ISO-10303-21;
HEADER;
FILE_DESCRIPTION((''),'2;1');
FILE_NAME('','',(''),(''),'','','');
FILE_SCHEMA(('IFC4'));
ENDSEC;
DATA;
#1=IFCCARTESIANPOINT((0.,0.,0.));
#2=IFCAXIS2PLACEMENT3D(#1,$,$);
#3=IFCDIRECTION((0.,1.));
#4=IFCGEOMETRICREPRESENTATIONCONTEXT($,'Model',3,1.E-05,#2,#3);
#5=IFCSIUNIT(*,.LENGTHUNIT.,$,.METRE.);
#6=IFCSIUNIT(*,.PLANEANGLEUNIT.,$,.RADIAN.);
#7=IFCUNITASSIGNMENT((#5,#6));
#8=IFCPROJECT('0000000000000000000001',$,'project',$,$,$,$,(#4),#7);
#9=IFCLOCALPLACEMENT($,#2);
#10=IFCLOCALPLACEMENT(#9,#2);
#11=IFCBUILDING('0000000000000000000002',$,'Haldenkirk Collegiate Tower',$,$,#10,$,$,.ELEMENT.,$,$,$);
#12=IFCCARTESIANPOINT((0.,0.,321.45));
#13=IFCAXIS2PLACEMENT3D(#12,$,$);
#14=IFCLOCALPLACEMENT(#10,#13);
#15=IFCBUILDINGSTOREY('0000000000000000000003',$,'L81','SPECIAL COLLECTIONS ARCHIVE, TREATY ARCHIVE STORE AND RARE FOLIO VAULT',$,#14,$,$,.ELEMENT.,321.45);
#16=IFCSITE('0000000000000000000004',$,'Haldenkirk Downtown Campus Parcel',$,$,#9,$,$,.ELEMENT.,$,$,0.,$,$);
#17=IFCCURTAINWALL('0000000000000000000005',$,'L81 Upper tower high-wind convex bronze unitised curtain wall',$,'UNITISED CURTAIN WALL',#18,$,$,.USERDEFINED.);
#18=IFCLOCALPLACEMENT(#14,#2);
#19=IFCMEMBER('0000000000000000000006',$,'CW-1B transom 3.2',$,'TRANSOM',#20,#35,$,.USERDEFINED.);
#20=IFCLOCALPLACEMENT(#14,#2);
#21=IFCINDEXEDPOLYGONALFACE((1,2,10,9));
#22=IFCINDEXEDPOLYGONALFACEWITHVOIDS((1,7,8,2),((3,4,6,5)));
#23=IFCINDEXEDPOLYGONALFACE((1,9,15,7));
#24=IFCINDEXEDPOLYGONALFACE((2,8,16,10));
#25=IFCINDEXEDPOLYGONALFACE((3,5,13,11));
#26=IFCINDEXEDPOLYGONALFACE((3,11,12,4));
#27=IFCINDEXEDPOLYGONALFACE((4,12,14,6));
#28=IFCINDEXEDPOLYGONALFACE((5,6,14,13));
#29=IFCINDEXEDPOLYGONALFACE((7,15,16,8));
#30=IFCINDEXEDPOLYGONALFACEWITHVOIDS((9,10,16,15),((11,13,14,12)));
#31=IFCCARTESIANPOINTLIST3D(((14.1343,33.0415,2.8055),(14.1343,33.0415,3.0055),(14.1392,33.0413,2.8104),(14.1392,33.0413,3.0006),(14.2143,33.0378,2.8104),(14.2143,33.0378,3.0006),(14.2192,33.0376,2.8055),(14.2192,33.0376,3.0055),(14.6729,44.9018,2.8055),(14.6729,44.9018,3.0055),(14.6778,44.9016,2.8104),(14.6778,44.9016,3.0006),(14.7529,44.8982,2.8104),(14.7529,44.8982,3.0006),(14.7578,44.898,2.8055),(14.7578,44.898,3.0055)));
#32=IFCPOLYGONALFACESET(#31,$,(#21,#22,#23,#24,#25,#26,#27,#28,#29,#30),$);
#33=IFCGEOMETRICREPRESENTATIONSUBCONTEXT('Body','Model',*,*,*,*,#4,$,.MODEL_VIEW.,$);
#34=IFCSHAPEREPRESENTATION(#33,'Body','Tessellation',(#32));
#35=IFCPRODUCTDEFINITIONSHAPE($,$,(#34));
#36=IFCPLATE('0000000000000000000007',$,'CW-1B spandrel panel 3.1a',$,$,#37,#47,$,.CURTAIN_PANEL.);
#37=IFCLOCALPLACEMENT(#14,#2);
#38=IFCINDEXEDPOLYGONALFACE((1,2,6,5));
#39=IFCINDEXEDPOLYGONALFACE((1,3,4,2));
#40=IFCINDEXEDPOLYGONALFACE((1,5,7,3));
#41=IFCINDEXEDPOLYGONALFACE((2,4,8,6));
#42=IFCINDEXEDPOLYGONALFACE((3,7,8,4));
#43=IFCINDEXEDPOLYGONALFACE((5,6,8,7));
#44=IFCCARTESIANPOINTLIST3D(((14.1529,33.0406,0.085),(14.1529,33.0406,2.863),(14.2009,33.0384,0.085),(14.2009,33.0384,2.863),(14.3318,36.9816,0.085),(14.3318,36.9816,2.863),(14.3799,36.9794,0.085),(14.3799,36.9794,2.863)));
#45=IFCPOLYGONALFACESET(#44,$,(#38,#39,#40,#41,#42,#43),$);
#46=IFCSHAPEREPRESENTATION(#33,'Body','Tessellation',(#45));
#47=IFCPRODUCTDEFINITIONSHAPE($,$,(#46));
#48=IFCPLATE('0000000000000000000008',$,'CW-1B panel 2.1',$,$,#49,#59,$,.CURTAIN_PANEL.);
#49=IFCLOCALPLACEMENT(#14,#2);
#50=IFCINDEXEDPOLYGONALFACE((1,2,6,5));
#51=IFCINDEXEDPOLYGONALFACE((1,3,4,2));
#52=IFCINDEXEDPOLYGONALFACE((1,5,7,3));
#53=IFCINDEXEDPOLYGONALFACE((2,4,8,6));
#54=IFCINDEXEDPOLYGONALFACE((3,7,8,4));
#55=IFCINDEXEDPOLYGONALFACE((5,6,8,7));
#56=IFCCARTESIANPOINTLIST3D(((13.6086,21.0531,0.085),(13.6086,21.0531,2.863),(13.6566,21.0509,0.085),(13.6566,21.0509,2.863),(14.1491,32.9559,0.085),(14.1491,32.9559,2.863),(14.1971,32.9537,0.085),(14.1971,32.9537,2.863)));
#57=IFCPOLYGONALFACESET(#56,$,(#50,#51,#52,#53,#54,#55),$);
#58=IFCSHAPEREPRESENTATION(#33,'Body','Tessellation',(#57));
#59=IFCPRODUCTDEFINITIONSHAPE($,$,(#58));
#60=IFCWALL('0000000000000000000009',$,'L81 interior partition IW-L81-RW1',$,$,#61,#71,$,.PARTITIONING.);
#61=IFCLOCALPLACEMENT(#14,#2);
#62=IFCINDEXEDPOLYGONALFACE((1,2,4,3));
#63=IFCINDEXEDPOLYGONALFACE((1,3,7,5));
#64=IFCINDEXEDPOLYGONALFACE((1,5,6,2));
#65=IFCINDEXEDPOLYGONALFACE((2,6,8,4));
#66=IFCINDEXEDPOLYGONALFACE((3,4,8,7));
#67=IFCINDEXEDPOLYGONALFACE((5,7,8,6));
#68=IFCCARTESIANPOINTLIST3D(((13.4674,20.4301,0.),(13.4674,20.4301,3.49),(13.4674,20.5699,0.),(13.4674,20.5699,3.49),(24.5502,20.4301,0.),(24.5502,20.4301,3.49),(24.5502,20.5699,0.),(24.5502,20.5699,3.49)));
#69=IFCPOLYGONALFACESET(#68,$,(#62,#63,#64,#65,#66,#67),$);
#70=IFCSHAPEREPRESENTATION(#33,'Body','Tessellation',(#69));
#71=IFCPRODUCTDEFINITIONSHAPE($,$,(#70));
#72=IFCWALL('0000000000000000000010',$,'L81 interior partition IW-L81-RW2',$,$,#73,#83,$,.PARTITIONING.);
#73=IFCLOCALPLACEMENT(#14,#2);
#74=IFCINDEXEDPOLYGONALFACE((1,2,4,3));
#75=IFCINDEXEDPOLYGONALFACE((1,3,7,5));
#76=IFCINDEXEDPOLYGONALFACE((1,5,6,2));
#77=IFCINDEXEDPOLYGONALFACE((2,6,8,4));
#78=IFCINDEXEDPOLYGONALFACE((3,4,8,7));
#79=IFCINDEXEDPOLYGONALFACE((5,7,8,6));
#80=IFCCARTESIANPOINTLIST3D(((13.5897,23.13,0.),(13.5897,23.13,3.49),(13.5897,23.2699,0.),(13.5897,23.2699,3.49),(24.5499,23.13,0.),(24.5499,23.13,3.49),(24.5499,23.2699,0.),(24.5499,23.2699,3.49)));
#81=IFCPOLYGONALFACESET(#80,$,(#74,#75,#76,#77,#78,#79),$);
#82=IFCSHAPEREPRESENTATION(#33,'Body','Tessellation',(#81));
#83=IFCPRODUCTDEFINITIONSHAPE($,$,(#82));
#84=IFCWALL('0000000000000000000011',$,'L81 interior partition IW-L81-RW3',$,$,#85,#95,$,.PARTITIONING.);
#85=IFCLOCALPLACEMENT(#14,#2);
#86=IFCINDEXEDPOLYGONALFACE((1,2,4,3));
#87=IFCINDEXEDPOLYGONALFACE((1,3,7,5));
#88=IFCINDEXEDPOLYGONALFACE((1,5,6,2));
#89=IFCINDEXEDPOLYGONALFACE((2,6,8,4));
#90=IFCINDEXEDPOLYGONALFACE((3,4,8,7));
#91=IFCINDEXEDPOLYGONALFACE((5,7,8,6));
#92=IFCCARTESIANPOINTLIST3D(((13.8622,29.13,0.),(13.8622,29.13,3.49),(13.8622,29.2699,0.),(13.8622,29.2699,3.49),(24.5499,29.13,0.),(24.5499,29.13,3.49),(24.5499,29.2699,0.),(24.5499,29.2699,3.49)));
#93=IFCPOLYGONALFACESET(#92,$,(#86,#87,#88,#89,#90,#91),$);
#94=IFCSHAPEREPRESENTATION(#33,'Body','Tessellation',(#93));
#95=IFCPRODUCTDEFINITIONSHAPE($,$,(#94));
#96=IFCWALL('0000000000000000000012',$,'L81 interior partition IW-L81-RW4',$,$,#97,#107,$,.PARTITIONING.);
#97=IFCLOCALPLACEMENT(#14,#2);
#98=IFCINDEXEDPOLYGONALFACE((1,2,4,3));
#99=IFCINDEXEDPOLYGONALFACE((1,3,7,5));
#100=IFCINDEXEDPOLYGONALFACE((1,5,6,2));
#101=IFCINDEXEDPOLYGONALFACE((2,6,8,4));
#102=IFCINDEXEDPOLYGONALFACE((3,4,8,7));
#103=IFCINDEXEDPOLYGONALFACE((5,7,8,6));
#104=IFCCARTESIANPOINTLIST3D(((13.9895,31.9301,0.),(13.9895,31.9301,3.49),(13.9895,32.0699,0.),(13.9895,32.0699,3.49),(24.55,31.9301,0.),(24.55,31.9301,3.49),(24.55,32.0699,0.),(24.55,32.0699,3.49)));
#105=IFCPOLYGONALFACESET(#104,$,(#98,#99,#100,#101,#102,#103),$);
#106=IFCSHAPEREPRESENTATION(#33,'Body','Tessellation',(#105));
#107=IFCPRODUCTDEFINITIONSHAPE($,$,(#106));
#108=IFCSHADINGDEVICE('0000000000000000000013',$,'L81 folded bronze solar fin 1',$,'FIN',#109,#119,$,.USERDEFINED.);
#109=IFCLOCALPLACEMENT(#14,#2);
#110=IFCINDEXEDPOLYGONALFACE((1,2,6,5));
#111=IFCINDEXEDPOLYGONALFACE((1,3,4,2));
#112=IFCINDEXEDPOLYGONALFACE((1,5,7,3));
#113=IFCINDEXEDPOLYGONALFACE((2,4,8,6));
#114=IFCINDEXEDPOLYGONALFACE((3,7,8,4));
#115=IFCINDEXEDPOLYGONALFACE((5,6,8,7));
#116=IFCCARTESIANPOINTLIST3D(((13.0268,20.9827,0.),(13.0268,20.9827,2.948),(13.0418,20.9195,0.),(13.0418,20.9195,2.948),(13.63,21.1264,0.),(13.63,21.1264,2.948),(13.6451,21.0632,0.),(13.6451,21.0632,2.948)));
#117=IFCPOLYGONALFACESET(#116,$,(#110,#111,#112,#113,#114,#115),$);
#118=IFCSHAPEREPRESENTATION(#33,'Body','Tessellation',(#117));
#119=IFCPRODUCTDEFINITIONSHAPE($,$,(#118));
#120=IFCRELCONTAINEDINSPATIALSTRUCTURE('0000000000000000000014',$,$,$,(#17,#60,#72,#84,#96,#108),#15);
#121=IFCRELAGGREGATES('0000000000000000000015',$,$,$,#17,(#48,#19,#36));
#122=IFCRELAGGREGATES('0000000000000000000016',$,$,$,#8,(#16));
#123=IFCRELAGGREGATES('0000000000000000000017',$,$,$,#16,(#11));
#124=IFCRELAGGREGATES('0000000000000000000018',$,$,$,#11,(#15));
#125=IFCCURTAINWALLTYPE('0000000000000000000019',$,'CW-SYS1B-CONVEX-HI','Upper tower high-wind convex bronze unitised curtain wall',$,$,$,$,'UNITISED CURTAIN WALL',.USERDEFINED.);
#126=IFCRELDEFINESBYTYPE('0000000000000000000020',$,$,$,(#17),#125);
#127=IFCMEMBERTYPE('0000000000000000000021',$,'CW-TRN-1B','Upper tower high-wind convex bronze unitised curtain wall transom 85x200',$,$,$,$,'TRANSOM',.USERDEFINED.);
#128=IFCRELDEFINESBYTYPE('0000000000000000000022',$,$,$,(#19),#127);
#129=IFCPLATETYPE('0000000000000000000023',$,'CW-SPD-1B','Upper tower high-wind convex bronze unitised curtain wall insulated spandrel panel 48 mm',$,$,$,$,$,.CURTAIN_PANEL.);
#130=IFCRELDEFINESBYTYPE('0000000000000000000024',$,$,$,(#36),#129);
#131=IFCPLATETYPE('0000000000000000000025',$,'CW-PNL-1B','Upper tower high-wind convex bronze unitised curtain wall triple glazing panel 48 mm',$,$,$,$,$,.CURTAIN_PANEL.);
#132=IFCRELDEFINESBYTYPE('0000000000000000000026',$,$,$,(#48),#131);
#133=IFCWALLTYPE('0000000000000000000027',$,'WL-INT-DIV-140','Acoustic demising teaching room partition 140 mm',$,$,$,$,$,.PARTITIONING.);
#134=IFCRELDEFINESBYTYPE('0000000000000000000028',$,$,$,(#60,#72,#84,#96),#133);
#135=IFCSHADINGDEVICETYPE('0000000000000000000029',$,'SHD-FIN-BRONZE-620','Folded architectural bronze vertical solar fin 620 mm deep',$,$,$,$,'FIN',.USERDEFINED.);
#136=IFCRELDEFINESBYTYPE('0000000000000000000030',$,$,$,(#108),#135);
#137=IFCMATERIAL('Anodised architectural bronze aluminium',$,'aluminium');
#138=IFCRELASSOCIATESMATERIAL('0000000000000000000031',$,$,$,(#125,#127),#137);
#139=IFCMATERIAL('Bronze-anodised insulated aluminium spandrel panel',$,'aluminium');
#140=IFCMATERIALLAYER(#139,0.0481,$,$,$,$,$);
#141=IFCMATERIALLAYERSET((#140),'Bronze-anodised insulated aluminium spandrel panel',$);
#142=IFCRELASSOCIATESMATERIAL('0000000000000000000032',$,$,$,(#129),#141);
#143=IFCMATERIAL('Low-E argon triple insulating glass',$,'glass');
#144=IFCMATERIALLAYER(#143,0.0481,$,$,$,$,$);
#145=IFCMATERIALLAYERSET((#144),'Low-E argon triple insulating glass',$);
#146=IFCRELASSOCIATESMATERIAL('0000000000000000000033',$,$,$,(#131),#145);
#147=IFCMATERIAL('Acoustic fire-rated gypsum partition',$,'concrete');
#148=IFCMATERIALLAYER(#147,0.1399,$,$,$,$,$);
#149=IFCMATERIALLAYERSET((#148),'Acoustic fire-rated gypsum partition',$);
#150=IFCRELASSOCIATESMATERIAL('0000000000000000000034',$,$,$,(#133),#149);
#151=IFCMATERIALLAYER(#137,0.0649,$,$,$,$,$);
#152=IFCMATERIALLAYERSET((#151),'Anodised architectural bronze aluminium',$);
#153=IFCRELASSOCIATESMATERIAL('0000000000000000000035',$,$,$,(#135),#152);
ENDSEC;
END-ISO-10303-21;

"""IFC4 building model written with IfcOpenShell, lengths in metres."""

from ifc_helpers import new_model, si_unit, direction, frame, frame_2d, origin, origin_2d, place, context, subcontext, project, spatial, rectangle, hollow_rectangle, extrude, source, transform, mapped, material, layer, layer_set, material_profile, profile_set, type_object, element, aggregate, save


model = new_model("IFC4")

# Units and contexts
model_context = context("Model", 3, precision=1e-05, world=origin(), true_north=direction((0.0, 1.0)))
body_context = subcontext(model_context, "Body", "Model", "MODEL_VIEW")
ifc_project = project(units=[si_unit("LENGTHUNIT", "METRE"), si_unit("PLANEANGLEUNIT", "RADIAN")], contexts=[model_context])

# Site, building, storey
site_placement = place(None, origin())
site = spatial("IfcSite", under=ifc_project, at=site_placement, Name="Haldenkirk Downtown Campus Parcel", CompositionType="ELEMENT", RefElevation=0.0)
building_placement = place(site_placement, origin())
building = spatial("IfcBuilding", under=site, at=building_placement, Name="Haldenkirk Collegiate Tower", CompositionType="ELEMENT")
storey_placement = place(building_placement, frame((0.0, 0.0, 321.45)))
storey = spatial("IfcBuildingStorey", under=building, at=storey_placement, Name="L81", Description="SPECIAL COLLECTIONS ARCHIVE, TREATY ARCHIVE STORE AND RARE FOLIO VAULT", CompositionType="ELEMENT", Elevation=321.45)

# Curtain wall, member, plates
ifc_material_1 = material(Name="Anodised architectural bronze aluminium", Category="aluminium")
curtain_wall_type = type_object("IfcCurtainWallType", Name="CW-SYS1B-CONVEX-HI", Description="Upper tower high-wind convex bronze unitised curtain wall", ElementType="UNITISED CURTAIN WALL", PredefinedType="USERDEFINED", material=ifc_material_1)
curtain_wall_placement = place(storey_placement, origin())
curtain_wall = element("IfcCurtainWall", 1, at=curtain_wall_placement, inside=storey, type_object=curtain_wall_type, Name="L81 Upper tower high-wind convex bronze unitised curtain wall", ObjectType="UNITISED CURTAIN WALL", PredefinedType="USERDEFINED")
ifc_material_profile_1 = material_profile(ifc_material_1, hollow_rectangle(XDim=0.085, YDim=0.2, WallThickness=0.0049, at=origin_2d()), Name="CW-TRN-1B")
ifc_profile_set_1 = profile_set([ifc_material_profile_1], Name="Anodised architectural bronze aluminium")
member_type_1 = type_object("IfcMemberType", Name="CW-TRN-1B", Description="Upper tower high-wind convex bronze unitised curtain wall transom 85x200", ElementType="TRANSOM", PredefinedType="USERDEFINED", material=ifc_profile_set_1)
member_1_placement = place(storey_placement, frame((14.1768, 33.0396, 2.9055), z_axis=(0.045363, 0.998971, 0.0), x_axis=(-0.998971, 0.045363, 0.0)))
member_1 = element("IfcMember", 2, at=member_1_placement, type_object=member_type_1, Name="CW-1B transom 3.2", ObjectType="TRANSOM", PredefinedType="USERDEFINED", context=body_context, shape_type="SweptSolid", body=[
    extrude(hollow_rectangle(XDim=0.085, YDim=0.2, WallThickness=0.0049, at=origin_2d()), origin(), (0.0, 0.0, 1.0), 11.8726),
])
ifc_material_2 = material(Name="Bronze-anodised insulated aluminium spandrel panel", Category="aluminium")
ifc_layer_1 = layer(ifc_material_2, 0.0481)
ifc_layer_set_1 = layer_set([ifc_layer_1], Name="Bronze-anodised insulated aluminium spandrel panel")
plate_type_1 = type_object("IfcPlateType", Name="CW-SPD-1B", Description="Upper tower high-wind convex bronze unitised curtain wall insulated spandrel panel 48 mm", PredefinedType="CURTAIN_PANEL", material=ifc_layer_set_1)
shared_shape_1 = source(origin(), body_context, "Body", "SweptSolid", [
    extrude(rectangle(XDim=3.9451, YDim=0.0481, at=origin_2d()), origin(), (0.0, 0.0, 1.0), 2.7781),
])
plate_1_placement = place(storey_placement, frame((14.2664, 35.01, 0.085), z_axis=(0.0, 0.0, 1.0), x_axis=(0.045364, 0.998971, 0.0)))
plate_1 = element("IfcPlate", 3, at=plate_1_placement, type_object=plate_type_1, Name="CW-1B spandrel panel 3.1a", PredefinedType="CURTAIN_PANEL", context=body_context, shape_type="MappedRepresentation", body=[
    mapped(shared_shape_1, transform((0.0, 0.0, 0.0), x_axis=(1.0, 0.0, 0.0), y_axis=(0.0, 1.0, 0.0), z_axis=(0.0, 0.0, 1.0), scale=1.0)),
])
ifc_material_3 = material(Name="Low-E argon triple insulating glass", Category="glass")
ifc_layer_2 = layer(ifc_material_3, 0.0481)
ifc_layer_set_2 = layer_set([ifc_layer_2], Name="Low-E argon triple insulating glass")
plate_type_2 = type_object("IfcPlateType", Name="CW-PNL-1B", Description="Upper tower high-wind convex bronze unitised curtain wall triple glazing panel 48 mm", PredefinedType="CURTAIN_PANEL", material=ifc_layer_set_2)
shared_shape_2 = source(origin(), body_context, "Body", "SweptSolid", [
    extrude(rectangle(XDim=11.915, YDim=0.0481, at=origin_2d()), origin(), (0.0, 0.0, 1.0), 2.7781),
])
plate_2_placement = place(storey_placement, frame((13.9028, 27.0034, 0.085), z_axis=(0.0, 0.0, 1.0), x_axis=(0.045364, 0.998971, 0.0)))
plate_2 = element("IfcPlate", 4, at=plate_2_placement, type_object=plate_type_2, Name="CW-1B panel 2.1", PredefinedType="CURTAIN_PANEL", context=body_context, shape_type="MappedRepresentation", body=[
    mapped(shared_shape_2, transform((0.0, 0.0, 0.0), x_axis=(1.0, 0.0, 0.0), y_axis=(0.0, 1.0, 0.0), z_axis=(0.0, 0.0, 1.0), scale=1.0)),
])
aggregate(curtain_wall, [plate_2, member_1, plate_1])

# Walls
ifc_material_4 = material(Name="Acoustic fire-rated gypsum partition", Category="concrete")
ifc_layer_3 = layer(ifc_material_4, 0.1399)
ifc_layer_set_3 = layer_set([ifc_layer_3], Name="Acoustic fire-rated gypsum partition")
wall_type = type_object("IfcWallType", Name="WL-INT-DIV-140", Description="Acoustic demising teaching room partition 140 mm", PredefinedType="PARTITIONING", material=ifc_layer_set_3)
wall_1_placement = place(storey_placement, frame((13.4673, 20.5, 0.0), z_axis=(0.0, 0.0, 1.0), x_axis=(1.0, 0.0, 0.0)))
element("IfcWall", 5, at=wall_1_placement, inside=storey, type_object=wall_type, Name="L81 interior partition IW-L81-RW1", PredefinedType="PARTITIONING", context=body_context, shape_type="SweptSolid", body=[
    extrude(rectangle(XDim=11.0828, YDim=0.1399, at=frame_2d((5.5415, 0.0))), origin(), (0.0, 0.0, 1.0), 3.49),
])
wall_2_placement = place(storey_placement, frame((13.5898, 23.2, 0.0), z_axis=(0.0, 0.0, 1.0), x_axis=(1.0, 0.0, 0.0)))
element("IfcWall", 6, at=wall_2_placement, inside=storey, type_object=wall_type, Name="L81 interior partition IW-L81-RW2", PredefinedType="PARTITIONING", context=body_context, shape_type="SweptSolid", body=[
    extrude(rectangle(XDim=10.9602, YDim=0.1399, at=frame_2d((5.48, 0.0))), origin(), (0.0, 0.0, 1.0), 3.49),
])
wall_3_placement = place(storey_placement, frame((13.8623, 29.2, 0.0), z_axis=(0.0, 0.0, 1.0), x_axis=(1.0, 0.0, 0.0)))
element("IfcWall", 7, at=wall_3_placement, inside=storey, type_object=wall_type, Name="L81 interior partition IW-L81-RW3", PredefinedType="PARTITIONING", context=body_context, shape_type="SweptSolid", body=[
    extrude(rectangle(XDim=10.6877, YDim=0.1399, at=frame_2d((5.3438, 0.0))), origin(), (0.0, 0.0, 1.0), 3.49),
])
wall_4_placement = place(storey_placement, frame((13.9895, 32.0, 0.0), z_axis=(0.0, 0.0, 1.0), x_axis=(1.0, 0.0, 0.0)))
element("IfcWall", 8, at=wall_4_placement, inside=storey, type_object=wall_type, Name="L81 interior partition IW-L81-RW4", PredefinedType="PARTITIONING", context=body_context, shape_type="SweptSolid", body=[
    extrude(rectangle(XDim=10.5605, YDim=0.1399, at=frame_2d((5.2803, 0.0))), origin(), (0.0, 0.0, 1.0), 3.49),
])

# Shading device
ifc_layer_4 = layer(ifc_material_1, 0.0649)
ifc_layer_set_4 = layer_set([ifc_layer_4], Name="Anodised architectural bronze aluminium")
shading_device_type = type_object("IfcShadingDeviceType", Name="SHD-FIN-BRONZE-620", Description="Folded architectural bronze vertical solar fin 620 mm deep", ElementType="FIN", PredefinedType="USERDEFINED", material=ifc_layer_set_4)
shared_shape_3 = source(origin(), body_context, "Body", "SweptSolid", [
    extrude(rectangle(XDim=0.6201, YDim=0.0649, at=origin_2d()), origin(), (0.0, 0.0, 1.0), 2.948),
])
shading_device_placement = place(storey_placement, frame((13.3359, 21.0229, 0.0), z_axis=(0.0, 0.0, 1.0), x_axis=(-0.972776, -0.231748, 0.0)))
element("IfcShadingDevice", 9, at=shading_device_placement, inside=storey, type_object=shading_device_type, Name="L81 folded bronze solar fin 1", ObjectType="FIN", PredefinedType="USERDEFINED", context=body_context, shape_type="MappedRepresentation", body=[
    mapped(shared_shape_3, transform((0.0, 0.0, 0.0), x_axis=(1.0, 0.0, 0.0), y_axis=(0.0, 1.0, 0.0), z_axis=(0.0, 0.0, 1.0), scale=1.0)),
])

save(model, "model.ifc")
